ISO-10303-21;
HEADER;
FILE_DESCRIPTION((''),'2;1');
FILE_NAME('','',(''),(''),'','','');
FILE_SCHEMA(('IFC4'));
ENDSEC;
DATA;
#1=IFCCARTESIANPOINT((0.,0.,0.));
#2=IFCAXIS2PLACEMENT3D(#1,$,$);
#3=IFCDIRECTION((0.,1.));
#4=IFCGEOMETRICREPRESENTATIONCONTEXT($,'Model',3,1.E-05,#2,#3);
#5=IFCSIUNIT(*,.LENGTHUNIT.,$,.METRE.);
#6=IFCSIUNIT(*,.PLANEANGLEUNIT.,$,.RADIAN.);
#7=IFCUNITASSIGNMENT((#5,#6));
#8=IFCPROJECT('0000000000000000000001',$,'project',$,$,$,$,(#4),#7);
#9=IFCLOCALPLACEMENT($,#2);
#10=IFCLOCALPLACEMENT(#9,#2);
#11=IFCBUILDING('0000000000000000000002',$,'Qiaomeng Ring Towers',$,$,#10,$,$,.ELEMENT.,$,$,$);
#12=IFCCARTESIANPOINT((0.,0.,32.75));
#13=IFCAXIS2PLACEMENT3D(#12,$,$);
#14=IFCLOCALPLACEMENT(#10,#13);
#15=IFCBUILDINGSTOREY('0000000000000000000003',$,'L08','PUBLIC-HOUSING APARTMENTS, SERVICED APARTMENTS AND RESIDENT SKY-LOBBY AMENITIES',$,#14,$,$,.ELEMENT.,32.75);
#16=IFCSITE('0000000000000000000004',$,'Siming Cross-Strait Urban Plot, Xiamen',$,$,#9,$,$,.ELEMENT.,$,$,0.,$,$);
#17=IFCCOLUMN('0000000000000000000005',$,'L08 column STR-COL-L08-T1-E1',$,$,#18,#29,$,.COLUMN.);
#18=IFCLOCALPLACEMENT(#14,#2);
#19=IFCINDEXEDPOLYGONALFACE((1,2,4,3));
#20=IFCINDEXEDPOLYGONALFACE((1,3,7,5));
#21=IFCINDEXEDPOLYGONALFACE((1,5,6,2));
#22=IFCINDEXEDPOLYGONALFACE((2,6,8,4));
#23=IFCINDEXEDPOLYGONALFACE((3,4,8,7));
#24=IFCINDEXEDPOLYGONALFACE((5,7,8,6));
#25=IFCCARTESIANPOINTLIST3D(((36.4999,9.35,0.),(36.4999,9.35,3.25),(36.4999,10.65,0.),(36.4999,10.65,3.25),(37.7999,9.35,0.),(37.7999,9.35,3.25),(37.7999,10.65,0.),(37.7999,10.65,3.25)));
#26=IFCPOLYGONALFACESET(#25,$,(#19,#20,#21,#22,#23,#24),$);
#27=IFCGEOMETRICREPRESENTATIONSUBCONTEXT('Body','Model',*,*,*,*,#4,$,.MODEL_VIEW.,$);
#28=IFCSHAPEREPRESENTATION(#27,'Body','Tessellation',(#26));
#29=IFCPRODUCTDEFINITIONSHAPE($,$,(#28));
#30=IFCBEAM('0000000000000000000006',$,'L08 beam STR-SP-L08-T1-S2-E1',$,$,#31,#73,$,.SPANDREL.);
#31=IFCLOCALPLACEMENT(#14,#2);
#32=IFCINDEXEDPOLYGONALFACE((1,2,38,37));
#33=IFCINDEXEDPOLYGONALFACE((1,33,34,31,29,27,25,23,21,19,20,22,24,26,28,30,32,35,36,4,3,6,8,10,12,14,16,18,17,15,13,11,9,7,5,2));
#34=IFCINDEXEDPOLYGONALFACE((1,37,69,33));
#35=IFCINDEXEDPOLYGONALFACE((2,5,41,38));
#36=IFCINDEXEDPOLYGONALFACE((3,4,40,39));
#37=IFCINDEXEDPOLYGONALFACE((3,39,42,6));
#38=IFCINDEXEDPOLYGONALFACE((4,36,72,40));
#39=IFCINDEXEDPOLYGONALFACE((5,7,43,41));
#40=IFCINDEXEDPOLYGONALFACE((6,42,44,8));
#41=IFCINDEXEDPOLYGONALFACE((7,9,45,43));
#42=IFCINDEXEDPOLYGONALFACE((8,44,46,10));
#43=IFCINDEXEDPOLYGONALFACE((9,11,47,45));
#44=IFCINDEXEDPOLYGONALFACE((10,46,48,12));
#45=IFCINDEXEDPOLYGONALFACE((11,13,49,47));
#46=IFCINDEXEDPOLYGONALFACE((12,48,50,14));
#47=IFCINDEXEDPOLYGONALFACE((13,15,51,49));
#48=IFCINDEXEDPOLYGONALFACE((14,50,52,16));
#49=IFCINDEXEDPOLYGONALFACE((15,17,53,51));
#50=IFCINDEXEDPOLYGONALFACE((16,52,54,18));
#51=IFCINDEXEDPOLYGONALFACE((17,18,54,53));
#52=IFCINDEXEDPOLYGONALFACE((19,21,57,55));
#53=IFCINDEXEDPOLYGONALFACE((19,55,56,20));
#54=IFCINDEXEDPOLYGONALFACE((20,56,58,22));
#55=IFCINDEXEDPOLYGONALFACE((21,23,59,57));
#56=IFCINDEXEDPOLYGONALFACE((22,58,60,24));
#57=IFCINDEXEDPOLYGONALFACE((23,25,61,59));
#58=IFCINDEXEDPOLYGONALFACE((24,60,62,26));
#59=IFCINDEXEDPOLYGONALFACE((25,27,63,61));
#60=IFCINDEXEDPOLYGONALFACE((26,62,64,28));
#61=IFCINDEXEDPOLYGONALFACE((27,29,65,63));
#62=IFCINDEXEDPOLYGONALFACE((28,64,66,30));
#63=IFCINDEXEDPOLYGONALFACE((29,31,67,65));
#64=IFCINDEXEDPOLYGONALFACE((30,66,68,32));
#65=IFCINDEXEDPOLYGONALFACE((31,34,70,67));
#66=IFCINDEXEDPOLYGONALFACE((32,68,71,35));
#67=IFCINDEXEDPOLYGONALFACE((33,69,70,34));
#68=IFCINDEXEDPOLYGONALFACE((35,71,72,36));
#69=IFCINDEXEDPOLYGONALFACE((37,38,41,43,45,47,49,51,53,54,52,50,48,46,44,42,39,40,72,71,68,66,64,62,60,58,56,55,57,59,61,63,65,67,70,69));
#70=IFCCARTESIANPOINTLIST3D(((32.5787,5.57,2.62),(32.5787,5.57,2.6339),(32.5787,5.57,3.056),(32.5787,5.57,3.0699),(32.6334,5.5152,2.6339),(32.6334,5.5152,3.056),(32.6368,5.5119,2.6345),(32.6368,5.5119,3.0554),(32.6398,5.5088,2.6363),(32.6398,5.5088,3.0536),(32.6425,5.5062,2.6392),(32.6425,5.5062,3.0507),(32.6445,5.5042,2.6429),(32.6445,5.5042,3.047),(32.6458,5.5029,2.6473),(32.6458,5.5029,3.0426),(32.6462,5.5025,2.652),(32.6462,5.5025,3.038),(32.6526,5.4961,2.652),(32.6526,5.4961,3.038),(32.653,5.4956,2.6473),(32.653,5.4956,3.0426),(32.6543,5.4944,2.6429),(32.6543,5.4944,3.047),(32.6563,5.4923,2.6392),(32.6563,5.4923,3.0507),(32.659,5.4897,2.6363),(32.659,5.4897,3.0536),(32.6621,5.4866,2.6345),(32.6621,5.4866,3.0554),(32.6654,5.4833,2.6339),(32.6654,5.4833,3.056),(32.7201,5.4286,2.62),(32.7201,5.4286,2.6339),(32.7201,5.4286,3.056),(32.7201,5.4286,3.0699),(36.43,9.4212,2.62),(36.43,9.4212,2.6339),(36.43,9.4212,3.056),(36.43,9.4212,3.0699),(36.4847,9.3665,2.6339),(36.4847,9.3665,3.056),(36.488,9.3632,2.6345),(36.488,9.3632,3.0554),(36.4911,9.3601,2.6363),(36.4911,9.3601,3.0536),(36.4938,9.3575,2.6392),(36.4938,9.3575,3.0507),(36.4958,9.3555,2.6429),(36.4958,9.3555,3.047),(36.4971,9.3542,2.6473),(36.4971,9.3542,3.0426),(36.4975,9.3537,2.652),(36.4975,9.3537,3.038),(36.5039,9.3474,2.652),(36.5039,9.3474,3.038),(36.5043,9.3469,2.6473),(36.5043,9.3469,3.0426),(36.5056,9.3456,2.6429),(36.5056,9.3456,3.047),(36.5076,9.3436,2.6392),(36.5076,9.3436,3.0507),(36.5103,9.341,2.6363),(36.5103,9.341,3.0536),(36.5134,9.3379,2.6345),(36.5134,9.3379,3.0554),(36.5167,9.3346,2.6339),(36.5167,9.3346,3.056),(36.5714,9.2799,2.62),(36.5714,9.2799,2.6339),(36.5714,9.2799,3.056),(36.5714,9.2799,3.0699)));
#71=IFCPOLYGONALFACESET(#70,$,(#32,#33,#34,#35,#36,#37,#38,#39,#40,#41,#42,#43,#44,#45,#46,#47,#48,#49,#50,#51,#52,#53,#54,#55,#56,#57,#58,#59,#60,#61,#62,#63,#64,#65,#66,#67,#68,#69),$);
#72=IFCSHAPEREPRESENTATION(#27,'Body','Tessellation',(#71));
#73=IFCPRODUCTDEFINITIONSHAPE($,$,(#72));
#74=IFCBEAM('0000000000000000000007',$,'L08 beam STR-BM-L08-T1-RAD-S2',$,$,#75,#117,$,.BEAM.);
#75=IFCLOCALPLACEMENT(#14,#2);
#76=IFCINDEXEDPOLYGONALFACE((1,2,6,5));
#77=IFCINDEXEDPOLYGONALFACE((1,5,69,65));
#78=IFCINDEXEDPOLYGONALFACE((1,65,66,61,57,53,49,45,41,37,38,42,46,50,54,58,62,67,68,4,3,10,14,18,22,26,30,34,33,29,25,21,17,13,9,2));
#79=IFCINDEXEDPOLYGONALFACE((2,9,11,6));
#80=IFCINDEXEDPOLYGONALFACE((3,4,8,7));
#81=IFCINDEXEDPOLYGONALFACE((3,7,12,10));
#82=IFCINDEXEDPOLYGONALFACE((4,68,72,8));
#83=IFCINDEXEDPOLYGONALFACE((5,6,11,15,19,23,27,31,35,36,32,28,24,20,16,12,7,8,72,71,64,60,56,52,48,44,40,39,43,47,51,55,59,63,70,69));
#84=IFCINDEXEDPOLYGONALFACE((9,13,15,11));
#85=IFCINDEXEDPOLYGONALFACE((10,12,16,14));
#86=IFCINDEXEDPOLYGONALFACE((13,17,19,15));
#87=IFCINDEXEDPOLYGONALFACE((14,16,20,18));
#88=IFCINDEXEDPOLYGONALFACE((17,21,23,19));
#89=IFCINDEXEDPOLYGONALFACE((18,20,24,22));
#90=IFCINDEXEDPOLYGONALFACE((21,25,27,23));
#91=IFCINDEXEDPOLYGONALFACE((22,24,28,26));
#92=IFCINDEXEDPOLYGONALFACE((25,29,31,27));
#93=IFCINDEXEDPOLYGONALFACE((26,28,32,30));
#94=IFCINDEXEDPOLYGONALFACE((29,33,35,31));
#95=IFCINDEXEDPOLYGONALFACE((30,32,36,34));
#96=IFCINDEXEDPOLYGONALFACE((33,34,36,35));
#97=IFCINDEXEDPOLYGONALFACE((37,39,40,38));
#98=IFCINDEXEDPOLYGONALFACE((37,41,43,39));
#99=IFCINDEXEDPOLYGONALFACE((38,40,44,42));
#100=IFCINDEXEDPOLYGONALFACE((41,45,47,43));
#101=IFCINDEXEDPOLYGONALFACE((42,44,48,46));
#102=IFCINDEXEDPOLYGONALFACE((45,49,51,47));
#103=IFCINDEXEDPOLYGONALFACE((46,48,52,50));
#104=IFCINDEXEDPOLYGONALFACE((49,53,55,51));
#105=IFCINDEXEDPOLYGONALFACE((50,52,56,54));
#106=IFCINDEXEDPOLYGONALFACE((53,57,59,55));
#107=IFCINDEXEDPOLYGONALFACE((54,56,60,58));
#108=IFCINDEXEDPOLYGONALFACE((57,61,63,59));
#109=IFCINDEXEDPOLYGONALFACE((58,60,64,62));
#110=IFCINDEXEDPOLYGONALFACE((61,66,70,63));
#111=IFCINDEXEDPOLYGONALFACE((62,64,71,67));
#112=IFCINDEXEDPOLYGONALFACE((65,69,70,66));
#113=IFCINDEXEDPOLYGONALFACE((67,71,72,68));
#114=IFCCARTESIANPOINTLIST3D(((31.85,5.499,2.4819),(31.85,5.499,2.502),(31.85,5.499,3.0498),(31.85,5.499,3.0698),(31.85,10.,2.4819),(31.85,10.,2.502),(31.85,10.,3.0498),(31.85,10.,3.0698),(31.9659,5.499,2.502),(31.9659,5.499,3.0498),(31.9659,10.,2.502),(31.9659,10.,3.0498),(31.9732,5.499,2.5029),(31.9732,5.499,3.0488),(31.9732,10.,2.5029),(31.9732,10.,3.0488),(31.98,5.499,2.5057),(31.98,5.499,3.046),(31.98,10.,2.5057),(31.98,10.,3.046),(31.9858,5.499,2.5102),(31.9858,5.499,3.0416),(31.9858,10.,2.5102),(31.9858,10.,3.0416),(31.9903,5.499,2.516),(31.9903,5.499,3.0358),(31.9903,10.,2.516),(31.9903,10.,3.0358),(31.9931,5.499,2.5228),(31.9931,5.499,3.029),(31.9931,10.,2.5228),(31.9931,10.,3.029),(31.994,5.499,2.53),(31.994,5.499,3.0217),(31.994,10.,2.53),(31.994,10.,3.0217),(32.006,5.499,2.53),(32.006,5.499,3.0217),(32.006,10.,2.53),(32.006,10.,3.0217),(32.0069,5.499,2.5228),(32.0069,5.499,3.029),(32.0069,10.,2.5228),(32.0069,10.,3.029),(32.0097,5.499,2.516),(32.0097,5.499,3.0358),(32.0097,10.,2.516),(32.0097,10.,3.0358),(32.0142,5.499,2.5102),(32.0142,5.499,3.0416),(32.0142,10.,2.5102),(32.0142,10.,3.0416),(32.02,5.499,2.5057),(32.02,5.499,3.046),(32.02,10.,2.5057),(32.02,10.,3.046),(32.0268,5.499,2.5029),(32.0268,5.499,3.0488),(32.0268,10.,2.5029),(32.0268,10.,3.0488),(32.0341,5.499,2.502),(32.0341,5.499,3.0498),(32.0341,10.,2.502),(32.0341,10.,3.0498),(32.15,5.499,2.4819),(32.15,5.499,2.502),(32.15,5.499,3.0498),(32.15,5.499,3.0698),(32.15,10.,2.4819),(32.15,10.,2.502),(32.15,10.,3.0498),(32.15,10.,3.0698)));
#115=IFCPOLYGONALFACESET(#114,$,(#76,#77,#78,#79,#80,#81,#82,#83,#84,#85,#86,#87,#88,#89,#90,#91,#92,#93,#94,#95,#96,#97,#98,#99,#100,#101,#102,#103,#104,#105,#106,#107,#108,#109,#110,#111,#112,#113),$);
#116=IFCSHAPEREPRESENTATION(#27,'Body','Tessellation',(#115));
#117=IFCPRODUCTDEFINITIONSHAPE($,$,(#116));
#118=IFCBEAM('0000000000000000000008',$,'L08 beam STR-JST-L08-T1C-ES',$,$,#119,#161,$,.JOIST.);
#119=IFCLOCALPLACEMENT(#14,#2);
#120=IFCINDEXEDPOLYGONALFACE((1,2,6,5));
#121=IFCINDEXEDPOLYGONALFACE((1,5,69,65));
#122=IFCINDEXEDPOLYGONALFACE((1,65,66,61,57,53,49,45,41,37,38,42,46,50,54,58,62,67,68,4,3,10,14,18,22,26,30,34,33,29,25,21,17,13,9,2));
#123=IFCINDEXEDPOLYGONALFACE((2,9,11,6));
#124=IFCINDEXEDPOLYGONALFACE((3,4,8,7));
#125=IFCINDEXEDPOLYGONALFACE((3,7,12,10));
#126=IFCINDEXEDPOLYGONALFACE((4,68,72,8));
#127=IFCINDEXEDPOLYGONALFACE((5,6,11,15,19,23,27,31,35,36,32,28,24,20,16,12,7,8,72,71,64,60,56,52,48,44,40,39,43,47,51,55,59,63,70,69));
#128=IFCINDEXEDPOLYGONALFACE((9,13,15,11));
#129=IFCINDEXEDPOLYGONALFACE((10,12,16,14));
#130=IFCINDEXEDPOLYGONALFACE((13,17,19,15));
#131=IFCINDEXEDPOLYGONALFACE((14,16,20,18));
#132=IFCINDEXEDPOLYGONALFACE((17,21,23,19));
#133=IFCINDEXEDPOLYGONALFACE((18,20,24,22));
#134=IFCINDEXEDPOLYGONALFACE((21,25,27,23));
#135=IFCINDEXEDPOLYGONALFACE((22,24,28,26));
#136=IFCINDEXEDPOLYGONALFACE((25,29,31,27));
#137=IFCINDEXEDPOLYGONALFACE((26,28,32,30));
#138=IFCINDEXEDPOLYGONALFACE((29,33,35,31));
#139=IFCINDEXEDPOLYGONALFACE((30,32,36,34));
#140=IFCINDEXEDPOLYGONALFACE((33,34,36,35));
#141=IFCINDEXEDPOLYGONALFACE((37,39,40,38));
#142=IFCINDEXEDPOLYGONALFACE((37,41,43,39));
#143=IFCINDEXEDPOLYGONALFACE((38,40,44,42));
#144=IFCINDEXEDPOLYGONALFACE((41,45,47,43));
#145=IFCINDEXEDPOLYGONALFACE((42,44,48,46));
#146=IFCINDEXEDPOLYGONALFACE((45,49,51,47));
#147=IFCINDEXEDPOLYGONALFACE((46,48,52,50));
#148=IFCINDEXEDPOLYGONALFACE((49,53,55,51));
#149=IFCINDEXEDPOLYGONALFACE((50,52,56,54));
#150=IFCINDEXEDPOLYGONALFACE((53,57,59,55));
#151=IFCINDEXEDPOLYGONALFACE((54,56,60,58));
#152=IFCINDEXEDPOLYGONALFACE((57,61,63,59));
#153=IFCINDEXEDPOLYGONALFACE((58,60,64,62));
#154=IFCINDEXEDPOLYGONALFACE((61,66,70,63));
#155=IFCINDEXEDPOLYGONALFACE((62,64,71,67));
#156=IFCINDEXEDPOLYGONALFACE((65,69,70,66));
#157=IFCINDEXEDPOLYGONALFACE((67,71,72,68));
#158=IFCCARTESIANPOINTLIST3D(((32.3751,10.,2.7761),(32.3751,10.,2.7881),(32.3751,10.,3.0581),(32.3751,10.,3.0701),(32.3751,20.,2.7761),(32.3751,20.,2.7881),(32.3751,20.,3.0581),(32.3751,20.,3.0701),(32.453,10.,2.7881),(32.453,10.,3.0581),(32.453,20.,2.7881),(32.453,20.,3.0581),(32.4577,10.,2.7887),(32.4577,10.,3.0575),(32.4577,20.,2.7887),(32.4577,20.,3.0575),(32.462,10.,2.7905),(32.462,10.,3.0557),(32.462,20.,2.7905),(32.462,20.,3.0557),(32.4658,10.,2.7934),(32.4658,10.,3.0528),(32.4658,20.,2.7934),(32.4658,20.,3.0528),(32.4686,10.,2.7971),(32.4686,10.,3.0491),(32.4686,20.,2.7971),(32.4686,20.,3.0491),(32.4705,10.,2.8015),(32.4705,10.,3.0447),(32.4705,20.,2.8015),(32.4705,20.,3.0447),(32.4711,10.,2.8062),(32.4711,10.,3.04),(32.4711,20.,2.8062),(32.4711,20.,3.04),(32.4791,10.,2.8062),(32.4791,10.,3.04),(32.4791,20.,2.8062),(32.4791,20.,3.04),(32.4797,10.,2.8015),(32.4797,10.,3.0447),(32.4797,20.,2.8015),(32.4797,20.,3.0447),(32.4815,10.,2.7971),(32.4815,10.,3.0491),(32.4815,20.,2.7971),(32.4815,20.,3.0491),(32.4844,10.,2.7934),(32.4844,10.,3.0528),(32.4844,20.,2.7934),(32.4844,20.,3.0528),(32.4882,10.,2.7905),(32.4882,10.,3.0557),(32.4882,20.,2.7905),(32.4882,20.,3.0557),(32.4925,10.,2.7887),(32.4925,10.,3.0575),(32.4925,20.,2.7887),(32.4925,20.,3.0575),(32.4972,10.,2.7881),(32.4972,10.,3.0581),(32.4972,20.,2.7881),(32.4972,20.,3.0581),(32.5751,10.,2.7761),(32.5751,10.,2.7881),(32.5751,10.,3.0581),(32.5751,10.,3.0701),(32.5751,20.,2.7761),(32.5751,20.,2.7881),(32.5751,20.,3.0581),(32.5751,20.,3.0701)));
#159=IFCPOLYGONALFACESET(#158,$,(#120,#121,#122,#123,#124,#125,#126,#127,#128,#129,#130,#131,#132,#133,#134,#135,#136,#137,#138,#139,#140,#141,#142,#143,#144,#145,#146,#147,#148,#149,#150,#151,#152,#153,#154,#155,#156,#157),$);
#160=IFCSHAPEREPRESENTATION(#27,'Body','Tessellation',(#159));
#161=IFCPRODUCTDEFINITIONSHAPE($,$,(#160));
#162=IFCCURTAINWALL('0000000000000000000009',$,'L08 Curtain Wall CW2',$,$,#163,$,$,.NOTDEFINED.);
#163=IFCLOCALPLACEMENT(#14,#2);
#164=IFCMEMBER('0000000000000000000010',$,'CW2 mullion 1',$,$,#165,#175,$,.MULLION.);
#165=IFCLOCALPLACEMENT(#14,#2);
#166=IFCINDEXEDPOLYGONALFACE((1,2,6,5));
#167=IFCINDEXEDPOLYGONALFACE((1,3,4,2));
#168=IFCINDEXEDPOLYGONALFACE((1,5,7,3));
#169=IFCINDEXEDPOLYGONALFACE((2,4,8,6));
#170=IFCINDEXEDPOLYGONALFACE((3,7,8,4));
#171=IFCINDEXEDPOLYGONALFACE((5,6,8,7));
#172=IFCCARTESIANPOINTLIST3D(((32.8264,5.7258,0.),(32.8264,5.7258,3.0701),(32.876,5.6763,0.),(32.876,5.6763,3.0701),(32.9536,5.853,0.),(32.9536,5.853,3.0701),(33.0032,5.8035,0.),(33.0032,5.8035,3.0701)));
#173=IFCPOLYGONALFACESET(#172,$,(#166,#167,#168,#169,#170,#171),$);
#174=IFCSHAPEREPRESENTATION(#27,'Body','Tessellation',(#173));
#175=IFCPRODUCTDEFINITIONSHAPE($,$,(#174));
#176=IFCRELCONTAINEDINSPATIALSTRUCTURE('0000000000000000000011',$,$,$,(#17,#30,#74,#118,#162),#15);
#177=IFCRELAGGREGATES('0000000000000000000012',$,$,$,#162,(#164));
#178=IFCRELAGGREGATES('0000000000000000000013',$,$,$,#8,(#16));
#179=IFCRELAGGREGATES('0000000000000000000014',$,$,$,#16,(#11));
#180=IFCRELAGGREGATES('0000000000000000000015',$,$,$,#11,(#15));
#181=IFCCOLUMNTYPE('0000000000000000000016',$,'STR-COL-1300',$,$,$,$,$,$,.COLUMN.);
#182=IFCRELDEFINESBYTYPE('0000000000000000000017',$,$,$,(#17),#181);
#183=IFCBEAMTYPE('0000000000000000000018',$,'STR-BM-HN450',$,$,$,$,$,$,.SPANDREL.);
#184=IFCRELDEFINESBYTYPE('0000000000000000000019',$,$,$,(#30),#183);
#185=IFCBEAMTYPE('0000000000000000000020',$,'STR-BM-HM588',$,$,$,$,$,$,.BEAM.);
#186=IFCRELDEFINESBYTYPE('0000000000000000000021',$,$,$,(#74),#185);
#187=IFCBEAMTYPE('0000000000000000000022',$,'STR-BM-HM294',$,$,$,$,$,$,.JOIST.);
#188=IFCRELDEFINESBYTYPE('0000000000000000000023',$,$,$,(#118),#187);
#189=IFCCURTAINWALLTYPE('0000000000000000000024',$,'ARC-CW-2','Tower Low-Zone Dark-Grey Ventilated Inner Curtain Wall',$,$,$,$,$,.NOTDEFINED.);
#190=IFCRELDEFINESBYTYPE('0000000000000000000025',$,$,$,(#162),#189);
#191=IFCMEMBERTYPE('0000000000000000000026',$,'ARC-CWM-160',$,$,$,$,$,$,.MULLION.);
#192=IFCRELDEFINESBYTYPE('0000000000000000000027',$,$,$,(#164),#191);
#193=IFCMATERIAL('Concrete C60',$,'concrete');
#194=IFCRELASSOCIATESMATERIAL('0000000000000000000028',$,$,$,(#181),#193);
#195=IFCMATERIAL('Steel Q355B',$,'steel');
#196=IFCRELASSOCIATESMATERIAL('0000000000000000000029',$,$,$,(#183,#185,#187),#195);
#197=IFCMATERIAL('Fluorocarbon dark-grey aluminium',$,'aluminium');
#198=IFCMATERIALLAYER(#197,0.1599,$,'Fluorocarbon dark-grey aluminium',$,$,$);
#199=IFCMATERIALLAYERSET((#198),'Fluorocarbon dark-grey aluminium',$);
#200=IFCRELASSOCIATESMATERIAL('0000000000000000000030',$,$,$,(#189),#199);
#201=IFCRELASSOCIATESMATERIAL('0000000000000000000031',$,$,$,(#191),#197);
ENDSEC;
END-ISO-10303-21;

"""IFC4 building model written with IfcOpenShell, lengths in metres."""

from ifc_helpers import new_model, si_unit, direction, frame, origin, origin_2d, place, context, subcontext, project, spatial, rectangle, i_section, extrude, source, transform, mapped, material, layer, layer_set, material_profile, profile_set, type_object, element, aggregate, save


model = new_model("IFC4")

# Units and contexts
model_context = context("Model", 3, precision=1e-05, world=origin(), true_north=direction((0.0, 1.0)))
body_context = subcontext(model_context, "Body", "Model", "MODEL_VIEW")
ifc_project = project(units=[si_unit("LENGTHUNIT", "METRE"), si_unit("PLANEANGLEUNIT", "RADIAN")], contexts=[model_context])

# Site, building, storey
site_placement = place(None, origin())
site = spatial("IfcSite", under=ifc_project, at=site_placement, Name="Siming Cross-Strait Urban Plot, Xiamen", CompositionType="ELEMENT", RefElevation=0.0)
building_placement = place(site_placement, origin())
building = spatial("IfcBuilding", under=site, at=building_placement, Name="Qiaomeng Ring Towers", CompositionType="ELEMENT")
storey_placement = place(building_placement, frame((0.0, 0.0, 32.75)))
storey = spatial("IfcBuildingStorey", under=building, at=storey_placement, Name="L08", Description="PUBLIC-HOUSING APARTMENTS, SERVICED APARTMENTS AND RESIDENT SKY-LOBBY AMENITIES", CompositionType="ELEMENT", Elevation=32.75)

# Column
ifc_material_1 = material(Name="Concrete C60", Category="concrete")
ifc_material_profile_1 = material_profile(ifc_material_1, rectangle(XDim=1.3, YDim=1.3, at=origin_2d()), Name="RC COL 1300x1300")
ifc_profile_set_1 = profile_set([ifc_material_profile_1], Name="Concrete C60")
column_type = type_object("IfcColumnType", Name="STR-COL-1300", PredefinedType="COLUMN", material=ifc_profile_set_1)
shared_shape_1 = source(origin(), body_context, "Body", "SweptSolid", [
    extrude(rectangle(XDim=1.3, YDim=1.3, at=origin_2d()), origin(), (0.0, 0.0, 1.0), 3.25),
])
column_placement = place(storey_placement, frame((37.1499, 10.0, 0.0), z_axis=(0.0, 0.0, 1.0), x_axis=(1.0, 0.0, 0.0)))
element("IfcColumn", 1, at=column_placement, inside=storey, type_object=column_type, Name="L08 column STR-COL-L08-T1-E1", PredefinedType="COLUMN", context=body_context, shape_type="MappedRepresentation", body=[
    mapped(shared_shape_1, transform((0.0, 0.0, 0.0), x_axis=(1.0, 0.0, 0.0), y_axis=(0.0, 1.0, 0.0), z_axis=(0.0, 0.0, 1.0), scale=1.0)),
])

# Beams
ifc_material_2 = material(Name="Steel Q355B", Category="steel")
ifc_material_profile_2 = material_profile(ifc_material_2, i_section(OverallWidth=0.2, OverallDepth=0.45, WebThickness=0.009, FlangeThickness=0.0139, FilletRadius=0.0181, at=origin_2d()), Name="HN 450x200x9x14")
ifc_profile_set_2 = profile_set([ifc_material_profile_2], Name="Steel Q355B")
beam_type_1 = type_object("IfcBeamType", Name="STR-BM-HN450", PredefinedType="SPANDREL", material=ifc_profile_set_2)
shared_shape_2 = source(origin(), body_context, "Body", "SweptSolid", [
    extrude(i_section(OverallWidth=0.2, OverallDepth=0.45, WebThickness=0.009, FlangeThickness=0.0139, FilletRadius=0.0181, at=origin_2d()), origin(), (0.0, 0.0, 1.0), 5.4465),
])
beam_1_placement = place(storey_placement, frame((32.6494, 5.4993, 2.845), z_axis=(0.707107, 0.707107, 0.0), x_axis=(-0.707107, 0.707107, 0.0)))
element("IfcBeam", 2, at=beam_1_placement, inside=storey, type_object=beam_type_1, Name="L08 beam STR-SP-L08-T1-S2-E1", PredefinedType="SPANDREL", context=body_context, shape_type="MappedRepresentation", body=[
    mapped(shared_shape_2, transform((0.0, 0.0, 0.0), x_axis=(1.0, 0.0, 0.0), y_axis=(0.0, 1.0, 0.0), z_axis=(0.0, 0.0, 1.0), scale=1.0)),
])
ifc_material_profile_3 = material_profile(ifc_material_2, i_section(OverallWidth=0.3, OverallDepth=0.5879, WebThickness=0.012, FlangeThickness=0.02, FilletRadius=0.0281, at=origin_2d()), Name="HM 588x300x12x20")
ifc_profile_set_3 = profile_set([ifc_material_profile_3], Name="Steel Q355B")
beam_type_2 = type_object("IfcBeamType", Name="STR-BM-HM588", PredefinedType="BEAM", material=ifc_profile_set_3)
shared_shape_3 = source(origin(), body_context, "Body", "SweptSolid", [
    extrude(i_section(OverallWidth=0.3, OverallDepth=0.5879, WebThickness=0.012, FlangeThickness=0.02, FilletRadius=0.0281, at=origin_2d()), origin(), (0.0, 0.0, 1.0), 4.501),
])
beam_2_placement = place(storey_placement, frame((32.0, 5.499, 2.7759), z_axis=(0.0, 1.0, 0.0), x_axis=(-1.0, 0.0, 0.0)))
element("IfcBeam", 3, at=beam_2_placement, inside=storey, type_object=beam_type_2, Name="L08 beam STR-BM-L08-T1-RAD-S2", PredefinedType="BEAM", context=body_context, shape_type="MappedRepresentation", body=[
    mapped(shared_shape_3, transform((0.0, 0.0, 0.0), x_axis=(1.0, 0.0, 0.0), y_axis=(0.0, 1.0, 0.0), z_axis=(0.0, 0.0, 1.0), scale=1.0)),
])
ifc_material_profile_4 = material_profile(ifc_material_2, i_section(OverallWidth=0.2, OverallDepth=0.2939, WebThickness=0.0081, FlangeThickness=0.012, FilletRadius=0.0181, at=origin_2d()), Name="HM 294x200x8x12")
ifc_profile_set_4 = profile_set([ifc_material_profile_4], Name="Steel Q355B")
beam_type_3 = type_object("IfcBeamType", Name="STR-BM-HM294", PredefinedType="JOIST", material=ifc_profile_set_4)
shared_shape_4 = source(origin(), body_context, "Body", "SweptSolid", [
    extrude(i_section(OverallWidth=0.2, OverallDepth=0.2939, WebThickness=0.0081, FlangeThickness=0.012, FilletRadius=0.0181, at=origin_2d()), origin(), (0.0, 0.0, 1.0), 10.0),
])
beam_3_placement = place(storey_placement, frame((32.4751, 10.0, 2.9231), z_axis=(0.0, 1.0, 0.0), x_axis=(-1.0, 0.0, 0.0)))
element("IfcBeam", 4, at=beam_3_placement, inside=storey, type_object=beam_type_3, Name="L08 beam STR-JST-L08-T1C-ES", PredefinedType="JOIST", context=body_context, shape_type="MappedRepresentation", body=[
    mapped(shared_shape_4, transform((0.0, 0.0, 0.0), x_axis=(1.0, 0.0, 0.0), y_axis=(0.0, 1.0, 0.0), z_axis=(0.0, 0.0, 1.0), scale=1.0)),
])

# Curtain wall, member
ifc_material_3 = material(Name="Fluorocarbon dark-grey aluminium", Category="aluminium")
ifc_layer_1 = layer(ifc_material_3, 0.1599, Name="Fluorocarbon dark-grey aluminium")
ifc_layer_set_1 = layer_set([ifc_layer_1], Name="Fluorocarbon dark-grey aluminium")
curtain_wall_type = type_object("IfcCurtainWallType", Name="ARC-CW-2", Description="Tower Low-Zone Dark-Grey Ventilated Inner Curtain Wall", PredefinedType="NOTDEFINED", material=ifc_layer_set_1)
curtain_wall_placement = place(storey_placement, origin())
curtain_wall = element("IfcCurtainWall", 5, at=curtain_wall_placement, inside=storey, type_object=curtain_wall_type, Name="L08 Curtain Wall CW2", PredefinedType="NOTDEFINED")
ifc_material_profile_5 = material_profile(ifc_material_3, rectangle(XDim=0.0701, YDim=0.1799, at=origin_2d()), Name="ALU MULL 70x180")
ifc_profile_set_5 = profile_set([ifc_material_profile_5], Name="Fluorocarbon dark-grey aluminium")
member_type_1 = type_object("IfcMemberType", Name="ARC-CWM-160", PredefinedType="MULLION", material=ifc_profile_set_5)
shared_shape_5 = source(origin(), body_context, "Body", "SweptSolid", [
    extrude(rectangle(XDim=0.0701, YDim=0.1799, at=origin_2d()), origin(), (0.0, 0.0, 1.0), 3.0701),
])
member_1_placement = place(storey_placement, frame((32.9148, 5.7646, 0.0), z_axis=(0.0, 0.0, 1.0), x_axis=(-0.707107, 0.707107, 0.0)))
member_1 = element("IfcMember", 6, at=member_1_placement, type_object=member_type_1, Name="CW2 mullion 1", PredefinedType="MULLION", context=body_context, shape_type="MappedRepresentation", body=[
    mapped(shared_shape_5, transform((0.0, 0.0, 0.0), x_axis=(1.0, 0.0, 0.0), y_axis=(0.0, 1.0, 0.0), z_axis=(0.0, 0.0, 1.0), scale=1.0)),
])
aggregate(curtain_wall, [member_1])

save(model, "model.ifc")
